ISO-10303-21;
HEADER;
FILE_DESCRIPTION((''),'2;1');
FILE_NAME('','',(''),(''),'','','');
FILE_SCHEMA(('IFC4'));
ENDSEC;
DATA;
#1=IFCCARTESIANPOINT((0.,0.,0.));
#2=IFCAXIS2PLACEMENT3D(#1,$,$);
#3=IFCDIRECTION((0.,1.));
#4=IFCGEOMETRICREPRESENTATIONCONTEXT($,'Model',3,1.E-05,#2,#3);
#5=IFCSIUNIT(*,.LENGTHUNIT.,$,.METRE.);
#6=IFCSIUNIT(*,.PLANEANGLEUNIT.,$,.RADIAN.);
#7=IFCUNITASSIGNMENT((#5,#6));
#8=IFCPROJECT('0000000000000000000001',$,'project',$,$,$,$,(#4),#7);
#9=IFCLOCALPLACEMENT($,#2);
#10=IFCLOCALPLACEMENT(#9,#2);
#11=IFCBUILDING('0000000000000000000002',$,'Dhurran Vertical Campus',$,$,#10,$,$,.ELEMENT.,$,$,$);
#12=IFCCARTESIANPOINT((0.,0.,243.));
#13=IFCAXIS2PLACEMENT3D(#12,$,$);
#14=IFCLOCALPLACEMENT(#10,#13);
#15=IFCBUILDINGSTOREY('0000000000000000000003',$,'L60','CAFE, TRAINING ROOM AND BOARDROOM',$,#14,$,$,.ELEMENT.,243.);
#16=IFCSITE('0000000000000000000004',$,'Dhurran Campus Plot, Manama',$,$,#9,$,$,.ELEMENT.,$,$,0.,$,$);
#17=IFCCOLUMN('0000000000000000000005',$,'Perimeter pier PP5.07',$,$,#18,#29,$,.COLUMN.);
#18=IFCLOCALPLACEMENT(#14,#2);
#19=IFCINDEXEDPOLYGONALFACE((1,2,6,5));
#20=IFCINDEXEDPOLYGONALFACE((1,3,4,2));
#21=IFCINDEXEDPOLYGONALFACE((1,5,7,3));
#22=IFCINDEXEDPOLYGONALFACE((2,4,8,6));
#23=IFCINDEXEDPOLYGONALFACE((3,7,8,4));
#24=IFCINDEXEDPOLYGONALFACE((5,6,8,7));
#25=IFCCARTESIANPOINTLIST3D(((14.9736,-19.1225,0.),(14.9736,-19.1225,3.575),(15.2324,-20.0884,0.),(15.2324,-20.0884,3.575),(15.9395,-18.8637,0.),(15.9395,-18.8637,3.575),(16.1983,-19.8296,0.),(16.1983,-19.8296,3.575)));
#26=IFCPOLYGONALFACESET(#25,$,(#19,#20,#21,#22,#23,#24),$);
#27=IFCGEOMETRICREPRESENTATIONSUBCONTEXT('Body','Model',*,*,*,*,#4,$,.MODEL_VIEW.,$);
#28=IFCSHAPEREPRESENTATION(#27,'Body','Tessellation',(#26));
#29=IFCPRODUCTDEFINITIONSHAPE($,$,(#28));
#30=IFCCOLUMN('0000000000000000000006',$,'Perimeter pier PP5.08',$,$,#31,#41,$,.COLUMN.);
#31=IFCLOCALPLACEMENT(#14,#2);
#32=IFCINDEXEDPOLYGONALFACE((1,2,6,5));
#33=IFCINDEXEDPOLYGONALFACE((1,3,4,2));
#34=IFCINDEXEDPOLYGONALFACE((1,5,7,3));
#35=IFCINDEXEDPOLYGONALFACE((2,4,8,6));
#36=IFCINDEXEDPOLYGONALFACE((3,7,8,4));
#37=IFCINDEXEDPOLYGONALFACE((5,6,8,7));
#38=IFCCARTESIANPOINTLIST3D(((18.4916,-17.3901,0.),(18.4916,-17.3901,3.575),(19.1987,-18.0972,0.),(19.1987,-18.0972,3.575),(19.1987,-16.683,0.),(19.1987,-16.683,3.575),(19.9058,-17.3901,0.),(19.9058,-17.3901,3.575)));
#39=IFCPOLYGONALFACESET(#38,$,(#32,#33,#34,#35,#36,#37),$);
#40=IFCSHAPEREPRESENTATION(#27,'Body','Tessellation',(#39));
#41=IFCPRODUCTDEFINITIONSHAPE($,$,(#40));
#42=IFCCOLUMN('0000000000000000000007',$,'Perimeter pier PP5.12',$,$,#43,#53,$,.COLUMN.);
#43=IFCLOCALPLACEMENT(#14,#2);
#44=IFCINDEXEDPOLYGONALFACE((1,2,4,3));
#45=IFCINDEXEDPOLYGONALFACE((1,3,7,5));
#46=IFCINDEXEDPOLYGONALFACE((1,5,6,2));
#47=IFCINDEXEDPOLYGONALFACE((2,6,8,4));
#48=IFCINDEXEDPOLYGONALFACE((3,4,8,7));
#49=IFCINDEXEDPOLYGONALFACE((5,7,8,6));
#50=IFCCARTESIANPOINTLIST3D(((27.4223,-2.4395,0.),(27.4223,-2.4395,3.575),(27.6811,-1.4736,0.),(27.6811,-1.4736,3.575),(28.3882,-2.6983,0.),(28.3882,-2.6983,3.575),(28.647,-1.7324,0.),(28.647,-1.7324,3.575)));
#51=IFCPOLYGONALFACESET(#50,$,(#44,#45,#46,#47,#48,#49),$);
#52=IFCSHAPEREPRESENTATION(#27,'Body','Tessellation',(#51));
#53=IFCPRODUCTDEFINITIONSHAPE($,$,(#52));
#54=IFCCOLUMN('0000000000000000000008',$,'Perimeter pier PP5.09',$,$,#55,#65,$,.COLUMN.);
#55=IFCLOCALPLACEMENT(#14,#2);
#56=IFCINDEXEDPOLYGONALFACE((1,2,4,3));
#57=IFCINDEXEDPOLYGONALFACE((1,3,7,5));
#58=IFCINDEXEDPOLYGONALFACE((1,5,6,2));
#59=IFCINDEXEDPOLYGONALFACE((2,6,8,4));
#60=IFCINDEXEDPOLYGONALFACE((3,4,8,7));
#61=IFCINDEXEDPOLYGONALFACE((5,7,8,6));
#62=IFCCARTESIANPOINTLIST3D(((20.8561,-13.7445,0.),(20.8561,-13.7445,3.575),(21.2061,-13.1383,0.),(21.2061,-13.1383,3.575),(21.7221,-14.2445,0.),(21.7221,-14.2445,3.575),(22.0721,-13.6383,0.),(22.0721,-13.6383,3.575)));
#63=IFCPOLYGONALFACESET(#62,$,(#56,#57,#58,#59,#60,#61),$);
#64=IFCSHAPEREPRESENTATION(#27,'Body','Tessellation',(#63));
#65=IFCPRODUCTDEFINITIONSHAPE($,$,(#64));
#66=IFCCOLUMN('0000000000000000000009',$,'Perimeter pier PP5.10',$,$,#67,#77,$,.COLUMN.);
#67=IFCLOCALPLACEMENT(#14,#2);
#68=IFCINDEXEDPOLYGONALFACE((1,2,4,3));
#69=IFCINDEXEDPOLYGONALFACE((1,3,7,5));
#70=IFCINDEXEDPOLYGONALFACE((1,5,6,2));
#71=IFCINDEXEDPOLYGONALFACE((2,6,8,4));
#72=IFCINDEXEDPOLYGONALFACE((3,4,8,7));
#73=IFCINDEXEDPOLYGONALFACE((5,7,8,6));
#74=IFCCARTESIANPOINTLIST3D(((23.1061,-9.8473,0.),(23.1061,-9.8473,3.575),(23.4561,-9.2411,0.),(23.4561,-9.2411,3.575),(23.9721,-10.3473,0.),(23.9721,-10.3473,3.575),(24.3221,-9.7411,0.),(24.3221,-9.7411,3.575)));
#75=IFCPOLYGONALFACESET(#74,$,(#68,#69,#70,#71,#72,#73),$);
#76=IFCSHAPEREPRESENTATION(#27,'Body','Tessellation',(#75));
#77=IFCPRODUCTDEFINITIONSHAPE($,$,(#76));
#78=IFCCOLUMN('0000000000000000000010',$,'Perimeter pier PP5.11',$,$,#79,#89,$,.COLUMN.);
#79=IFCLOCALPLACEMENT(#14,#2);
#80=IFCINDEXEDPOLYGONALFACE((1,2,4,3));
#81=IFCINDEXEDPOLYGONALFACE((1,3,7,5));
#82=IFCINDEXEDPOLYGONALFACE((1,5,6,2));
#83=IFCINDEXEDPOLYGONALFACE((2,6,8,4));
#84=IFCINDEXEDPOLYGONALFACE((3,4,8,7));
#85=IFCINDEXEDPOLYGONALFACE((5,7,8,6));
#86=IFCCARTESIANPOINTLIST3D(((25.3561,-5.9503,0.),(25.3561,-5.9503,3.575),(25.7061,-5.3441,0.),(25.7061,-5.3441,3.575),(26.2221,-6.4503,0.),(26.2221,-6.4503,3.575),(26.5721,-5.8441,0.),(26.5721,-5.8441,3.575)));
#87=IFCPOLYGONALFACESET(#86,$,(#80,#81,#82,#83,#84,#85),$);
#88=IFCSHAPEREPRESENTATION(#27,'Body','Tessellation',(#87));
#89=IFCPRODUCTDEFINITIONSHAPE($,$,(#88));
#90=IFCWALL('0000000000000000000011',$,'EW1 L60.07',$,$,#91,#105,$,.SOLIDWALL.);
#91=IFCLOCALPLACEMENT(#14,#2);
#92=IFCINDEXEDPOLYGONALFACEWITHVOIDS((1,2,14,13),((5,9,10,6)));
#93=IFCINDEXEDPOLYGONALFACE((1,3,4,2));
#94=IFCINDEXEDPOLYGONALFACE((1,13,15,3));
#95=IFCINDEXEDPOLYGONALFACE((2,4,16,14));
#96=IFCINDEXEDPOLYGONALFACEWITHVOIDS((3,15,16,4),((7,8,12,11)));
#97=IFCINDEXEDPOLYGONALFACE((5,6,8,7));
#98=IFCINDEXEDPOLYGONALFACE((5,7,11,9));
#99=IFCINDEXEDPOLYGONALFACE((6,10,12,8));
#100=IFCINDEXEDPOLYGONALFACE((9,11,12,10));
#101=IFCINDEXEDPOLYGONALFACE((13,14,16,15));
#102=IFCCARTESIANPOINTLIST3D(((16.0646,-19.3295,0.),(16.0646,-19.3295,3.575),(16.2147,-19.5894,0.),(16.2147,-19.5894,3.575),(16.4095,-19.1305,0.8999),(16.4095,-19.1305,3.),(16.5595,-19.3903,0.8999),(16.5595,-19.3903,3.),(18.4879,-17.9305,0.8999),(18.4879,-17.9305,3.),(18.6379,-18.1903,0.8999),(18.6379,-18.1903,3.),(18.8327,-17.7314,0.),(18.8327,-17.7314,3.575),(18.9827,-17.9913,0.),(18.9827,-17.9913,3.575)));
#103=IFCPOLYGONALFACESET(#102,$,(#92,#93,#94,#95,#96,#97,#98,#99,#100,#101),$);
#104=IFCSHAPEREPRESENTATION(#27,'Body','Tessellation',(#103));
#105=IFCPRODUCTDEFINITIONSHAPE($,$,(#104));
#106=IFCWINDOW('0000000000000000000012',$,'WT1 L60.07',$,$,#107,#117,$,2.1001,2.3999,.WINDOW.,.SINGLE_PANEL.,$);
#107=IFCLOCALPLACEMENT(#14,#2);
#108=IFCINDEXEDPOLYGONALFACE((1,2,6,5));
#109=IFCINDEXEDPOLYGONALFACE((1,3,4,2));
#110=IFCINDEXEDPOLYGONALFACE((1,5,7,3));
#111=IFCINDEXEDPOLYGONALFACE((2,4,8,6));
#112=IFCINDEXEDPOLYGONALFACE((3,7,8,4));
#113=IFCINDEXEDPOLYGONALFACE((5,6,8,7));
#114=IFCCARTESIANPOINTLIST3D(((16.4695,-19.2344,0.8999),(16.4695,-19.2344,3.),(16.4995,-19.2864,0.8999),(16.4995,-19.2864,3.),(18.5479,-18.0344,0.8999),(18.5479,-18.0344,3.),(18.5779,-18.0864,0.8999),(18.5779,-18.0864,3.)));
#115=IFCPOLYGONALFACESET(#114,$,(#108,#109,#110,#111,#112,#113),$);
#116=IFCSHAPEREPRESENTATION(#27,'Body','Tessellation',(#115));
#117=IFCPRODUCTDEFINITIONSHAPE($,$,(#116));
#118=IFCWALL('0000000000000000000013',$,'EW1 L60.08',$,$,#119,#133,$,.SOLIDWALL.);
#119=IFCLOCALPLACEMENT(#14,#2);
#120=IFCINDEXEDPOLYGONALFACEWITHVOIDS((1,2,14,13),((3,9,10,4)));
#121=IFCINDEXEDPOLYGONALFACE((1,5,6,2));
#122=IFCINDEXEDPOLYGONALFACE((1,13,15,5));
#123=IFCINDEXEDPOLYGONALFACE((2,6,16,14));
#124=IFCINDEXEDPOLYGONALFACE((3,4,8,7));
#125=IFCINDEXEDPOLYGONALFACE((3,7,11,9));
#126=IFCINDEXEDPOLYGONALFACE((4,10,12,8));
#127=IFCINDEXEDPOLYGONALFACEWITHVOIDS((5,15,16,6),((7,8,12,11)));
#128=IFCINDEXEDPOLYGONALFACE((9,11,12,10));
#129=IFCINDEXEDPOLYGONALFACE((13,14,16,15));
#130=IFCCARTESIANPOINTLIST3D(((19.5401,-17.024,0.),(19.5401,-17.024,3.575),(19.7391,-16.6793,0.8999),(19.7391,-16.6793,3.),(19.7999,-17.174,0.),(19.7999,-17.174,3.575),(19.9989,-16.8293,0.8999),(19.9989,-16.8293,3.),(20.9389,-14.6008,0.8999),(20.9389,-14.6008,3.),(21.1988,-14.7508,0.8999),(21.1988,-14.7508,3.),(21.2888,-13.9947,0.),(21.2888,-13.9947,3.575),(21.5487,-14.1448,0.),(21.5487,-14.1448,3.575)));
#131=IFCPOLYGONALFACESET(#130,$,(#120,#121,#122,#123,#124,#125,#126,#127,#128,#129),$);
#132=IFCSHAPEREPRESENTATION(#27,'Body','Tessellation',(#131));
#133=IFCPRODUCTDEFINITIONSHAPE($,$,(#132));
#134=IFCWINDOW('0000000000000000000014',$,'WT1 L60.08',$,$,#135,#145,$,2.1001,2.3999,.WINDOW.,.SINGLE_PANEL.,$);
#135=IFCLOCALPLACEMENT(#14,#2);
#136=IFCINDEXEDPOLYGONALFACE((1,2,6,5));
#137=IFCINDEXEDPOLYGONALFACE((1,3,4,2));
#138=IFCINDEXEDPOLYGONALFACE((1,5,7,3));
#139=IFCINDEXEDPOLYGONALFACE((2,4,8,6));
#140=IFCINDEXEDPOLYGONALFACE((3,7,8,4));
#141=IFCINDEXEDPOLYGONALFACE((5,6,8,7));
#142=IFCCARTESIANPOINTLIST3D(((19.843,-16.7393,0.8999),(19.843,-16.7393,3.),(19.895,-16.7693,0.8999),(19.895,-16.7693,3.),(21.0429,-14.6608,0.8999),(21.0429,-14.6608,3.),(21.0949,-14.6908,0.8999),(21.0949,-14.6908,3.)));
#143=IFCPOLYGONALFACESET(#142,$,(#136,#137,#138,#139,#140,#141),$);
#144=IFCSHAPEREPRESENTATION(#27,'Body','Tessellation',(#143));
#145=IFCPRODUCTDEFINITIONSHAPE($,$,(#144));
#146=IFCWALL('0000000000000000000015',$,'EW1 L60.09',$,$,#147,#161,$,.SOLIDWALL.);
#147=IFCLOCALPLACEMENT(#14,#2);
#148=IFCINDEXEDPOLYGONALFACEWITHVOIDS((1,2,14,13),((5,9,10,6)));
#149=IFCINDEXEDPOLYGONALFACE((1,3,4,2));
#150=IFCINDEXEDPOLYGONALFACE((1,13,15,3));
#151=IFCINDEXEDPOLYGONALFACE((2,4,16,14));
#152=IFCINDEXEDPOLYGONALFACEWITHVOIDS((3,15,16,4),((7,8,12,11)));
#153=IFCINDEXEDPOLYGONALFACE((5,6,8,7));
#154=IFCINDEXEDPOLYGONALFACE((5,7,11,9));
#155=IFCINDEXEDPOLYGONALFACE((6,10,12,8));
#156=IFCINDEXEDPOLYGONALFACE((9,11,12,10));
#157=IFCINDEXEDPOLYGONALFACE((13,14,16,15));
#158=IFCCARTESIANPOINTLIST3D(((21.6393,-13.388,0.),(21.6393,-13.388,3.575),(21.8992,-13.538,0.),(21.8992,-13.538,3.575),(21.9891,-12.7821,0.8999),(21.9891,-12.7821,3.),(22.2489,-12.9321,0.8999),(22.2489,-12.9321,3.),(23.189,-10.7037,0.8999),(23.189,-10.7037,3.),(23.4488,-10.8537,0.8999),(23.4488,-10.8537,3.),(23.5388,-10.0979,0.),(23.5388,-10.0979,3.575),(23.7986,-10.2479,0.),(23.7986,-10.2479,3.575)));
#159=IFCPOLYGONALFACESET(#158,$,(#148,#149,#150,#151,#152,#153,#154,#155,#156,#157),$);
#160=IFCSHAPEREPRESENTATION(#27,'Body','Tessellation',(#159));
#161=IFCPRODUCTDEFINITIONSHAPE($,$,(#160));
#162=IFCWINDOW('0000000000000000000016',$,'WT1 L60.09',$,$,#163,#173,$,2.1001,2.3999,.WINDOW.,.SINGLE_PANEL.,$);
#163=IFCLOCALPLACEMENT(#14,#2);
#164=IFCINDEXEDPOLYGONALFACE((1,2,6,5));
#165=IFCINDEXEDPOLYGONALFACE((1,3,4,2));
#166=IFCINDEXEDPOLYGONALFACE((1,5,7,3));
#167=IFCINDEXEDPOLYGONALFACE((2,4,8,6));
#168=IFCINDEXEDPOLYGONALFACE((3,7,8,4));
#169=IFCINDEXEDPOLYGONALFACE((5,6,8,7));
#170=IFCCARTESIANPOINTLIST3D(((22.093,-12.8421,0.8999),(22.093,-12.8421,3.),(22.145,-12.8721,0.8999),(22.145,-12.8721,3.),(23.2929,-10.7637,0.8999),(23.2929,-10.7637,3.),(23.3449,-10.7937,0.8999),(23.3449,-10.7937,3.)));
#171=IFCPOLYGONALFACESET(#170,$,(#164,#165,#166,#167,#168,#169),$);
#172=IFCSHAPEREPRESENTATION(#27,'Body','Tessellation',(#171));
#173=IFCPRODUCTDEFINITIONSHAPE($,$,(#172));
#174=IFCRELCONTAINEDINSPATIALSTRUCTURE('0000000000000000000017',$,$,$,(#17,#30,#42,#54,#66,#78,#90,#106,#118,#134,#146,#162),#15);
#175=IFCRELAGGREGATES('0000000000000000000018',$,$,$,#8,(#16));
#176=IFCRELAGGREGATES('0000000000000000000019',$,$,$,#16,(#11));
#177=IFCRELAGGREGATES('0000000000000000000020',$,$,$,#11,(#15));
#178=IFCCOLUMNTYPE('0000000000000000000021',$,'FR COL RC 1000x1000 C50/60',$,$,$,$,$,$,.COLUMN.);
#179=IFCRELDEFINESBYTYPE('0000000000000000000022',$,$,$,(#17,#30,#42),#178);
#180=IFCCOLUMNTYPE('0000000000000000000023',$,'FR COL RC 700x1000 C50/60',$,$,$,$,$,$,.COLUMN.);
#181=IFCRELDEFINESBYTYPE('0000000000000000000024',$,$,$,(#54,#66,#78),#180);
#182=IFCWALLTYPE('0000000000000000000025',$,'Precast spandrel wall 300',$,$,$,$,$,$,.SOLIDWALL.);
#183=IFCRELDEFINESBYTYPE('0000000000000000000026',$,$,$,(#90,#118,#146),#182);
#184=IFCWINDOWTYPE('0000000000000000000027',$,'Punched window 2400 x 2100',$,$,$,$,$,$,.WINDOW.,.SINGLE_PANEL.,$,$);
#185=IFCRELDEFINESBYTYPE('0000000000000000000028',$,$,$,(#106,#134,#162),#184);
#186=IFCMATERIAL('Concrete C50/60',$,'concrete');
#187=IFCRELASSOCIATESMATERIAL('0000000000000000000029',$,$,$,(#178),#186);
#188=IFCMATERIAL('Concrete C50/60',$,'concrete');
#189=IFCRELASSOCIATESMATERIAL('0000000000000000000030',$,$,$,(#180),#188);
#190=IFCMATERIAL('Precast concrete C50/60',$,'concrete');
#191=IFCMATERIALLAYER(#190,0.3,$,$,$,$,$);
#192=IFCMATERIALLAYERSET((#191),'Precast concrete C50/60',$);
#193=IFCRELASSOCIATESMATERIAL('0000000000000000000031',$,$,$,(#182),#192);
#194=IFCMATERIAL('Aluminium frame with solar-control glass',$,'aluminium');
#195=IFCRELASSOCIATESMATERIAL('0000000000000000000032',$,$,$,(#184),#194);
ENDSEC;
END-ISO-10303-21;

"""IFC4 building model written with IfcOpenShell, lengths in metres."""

from ifc_helpers import new_model, si_unit, direction, frame, frame_2d, origin, origin_2d, place, context, subcontext, project, spatial, rectangle, extrude, material, layer, layer_set, material_profile, profile_set, type_object, element, fill, save


model = new_model("IFC4")

# Units and contexts
model_context = context("Model", 3, precision=1e-05, world=origin(), true_north=direction((0.0, 1.0)))
body_context = subcontext(model_context, "Body", "Model", "MODEL_VIEW")
ifc_project = project(units=[si_unit("LENGTHUNIT", "METRE"), si_unit("PLANEANGLEUNIT", "RADIAN")], contexts=[model_context])

# Site, building, storey
site_placement = place(None, origin())
site = spatial("IfcSite", under=ifc_project, at=site_placement, Name="Dhurran Campus Plot, Manama", CompositionType="ELEMENT", RefElevation=0.0)
building_placement = place(site_placement, origin())
building = spatial("IfcBuilding", under=site, at=building_placement, Name="Dhurran Vertical Campus", CompositionType="ELEMENT")
storey_placement = place(building_placement, frame((0.0, 0.0, 243.0)))
storey = spatial("IfcBuildingStorey", under=building, at=storey_placement, Name="L60", Description="CAFE, TRAINING ROOM AND BOARDROOM", CompositionType="ELEMENT", Elevation=243.0)

# Columns
ifc_material_1 = material(Name="Concrete C50/60", Category="concrete")
ifc_material_profile_1 = material_profile(ifc_material_1, rectangle(XDim=1.0, YDim=1.0, at=origin_2d()), Name="RC 1000x1000")
ifc_profile_set_1 = profile_set([ifc_material_profile_1], Name="Concrete C50/60")
column_type_1 = type_object("IfcColumnType", Name="FR COL RC 1000x1000 C50/60", PredefinedType="COLUMN", material=ifc_profile_set_1)
for number, where, z_axis, x_axis, name in (
    (1, (15.5859, -19.4761, 0.0), (0.0, 0.0, 1.0), (0.965926, 0.258819, 0.0), "Perimeter pier PP5.07"),
    (2, (19.1987, -17.3901, 0.0), (0.0, 0.0, 1.0), (0.707107, 0.707107, 0.0), "Perimeter pier PP5.08"),
    (3, (28.0347, -2.0859, 0.0), (0.0, 0.0, 1.0), (0.258819, 0.965926, 0.0), "Perimeter pier PP5.12"),
):
    element("IfcColumn", number, at=place(storey_placement, frame(where, z_axis=z_axis, x_axis=x_axis)), inside=storey, type_object=column_type_1, Name=name, PredefinedType="COLUMN", context=body_context, shape_type="SweptSolid", body=[
        extrude(rectangle(XDim=1.0, YDim=1.0, at=origin_2d()), origin(), (0.0, 0.0, 1.0), 3.575),
    ])
ifc_material_2 = material(Name="Concrete C50/60", Category="concrete")
ifc_material_profile_2 = material_profile(ifc_material_2, rectangle(XDim=0.7, YDim=1.0, at=origin_2d()), Name="RC 700x1000")
ifc_profile_set_2 = profile_set([ifc_material_profile_2], Name="Concrete C50/60")
column_type_2 = type_object("IfcColumnType", Name="FR COL RC 700x1000 C50/60", PredefinedType="COLUMN", material=ifc_profile_set_2)
for number, where, z_axis, x_axis, name in (
    (4, (21.4641, -13.6914, 0.0), (0.0, 0.0, 1.0), (0.5, 0.866025, 0.0), "Perimeter pier PP5.09"),
    (5, (23.7141, -9.7942, 0.0), (0.0, 0.0, 1.0), (0.5, 0.866025, 0.0), "Perimeter pier PP5.10"),
    (6, (25.9641, -5.8972, 0.0), (0.0, 0.0, 1.0), (0.5, 0.866025, 0.0), "Perimeter pier PP5.11"),
):
    element("IfcColumn", number, at=place(storey_placement, frame(where, z_axis=z_axis, x_axis=x_axis)), inside=storey, type_object=column_type_2, Name=name, PredefinedType="COLUMN", context=body_context, shape_type="SweptSolid", body=[
        extrude(rectangle(XDim=0.7, YDim=1.0, at=origin_2d()), origin(), (0.0, 0.0, 1.0), 3.575),
    ])

# Walls, openings, windows
ifc_material_3 = material(Name="Precast concrete C50/60", Category="concrete")
ifc_layer_1 = layer(ifc_material_3, 0.3)
ifc_layer_set_1 = layer_set([ifc_layer_1], Name="Precast concrete C50/60")
wall_type_1 = type_object("IfcWallType", Name="Precast spandrel wall 300", PredefinedType="SOLIDWALL", material=ifc_layer_set_1)
wall_1_placement = place(storey_placement, frame((16.1396, -19.4595, 0.0), z_axis=(0.0, 0.0, 1.0), x_axis=(0.866025, 0.5, 0.0)))
wall_1 = element("IfcWall", 7, at=wall_1_placement, inside=storey, type_object=wall_type_1, Name="EW1 L60.07", PredefinedType="SOLIDWALL", context=body_context, shape_type="SweptSolid", body=[
    extrude(rectangle(XDim=3.1963, YDim=0.3, at=frame_2d((1.5981, 0.0))), origin(), (0.0, 0.0, 1.0), 3.575),
])
opening_1_placement = place(wall_1_placement, frame((0.3982, 0.0, 0.8999)))
opening_1 = element("IfcOpeningElement", 8, at=opening_1_placement, cuts=wall_1, PredefinedType="OPENING", context=body_context, shape_type="SweptSolid", body=[
    extrude(rectangle(XDim=2.3999, YDim=2.1001, at=frame_2d((1.2, 1.05))), frame((0.0, 0.1599, 0.0), z_axis=(0.0, -1.0, 0.0), x_axis=(1.0, 0.0, 0.0)), (0.0, 0.0, 1.0), 0.3201),
])
ifc_material_4 = material(Name="Aluminium frame with solar-control glass", Category="aluminium")
window_type = type_object("IfcWindowType", Name="Punched window 2400 x 2100", PartitioningType="SINGLE_PANEL", PredefinedType="WINDOW", material=ifc_material_4)
window_1_placement = place(opening_1_placement, origin())
window_1 = element("IfcWindow", 9, at=window_1_placement, inside=storey, type_object=window_type, Name="WT1 L60.07", OverallHeight=2.1001, OverallWidth=2.3999, PartitioningType="SINGLE_PANEL", PredefinedType="WINDOW", context=body_context, shape_type="SweptSolid", body=[
    extrude(rectangle(XDim=2.3999, YDim=2.1001, at=frame_2d((1.2, 1.05))), frame((0.0, 0.03, 0.0), z_axis=(0.0, -1.0, 0.0), x_axis=(1.0, 0.0, 0.0)), (0.0, 0.0, 1.0), 0.0601),
])
fill(opening_1, window_1)
wall_2_placement = place(storey_placement, frame((19.6699, -17.0991, 0.0), z_axis=(0.0, 0.0, 1.0), x_axis=(0.49996, 0.866048, 0.0)))
wall_2 = element("IfcWall", 10, at=wall_2_placement, inside=storey, type_object=wall_type_1, Name="EW1 L60.08", PredefinedType="SOLIDWALL", context=body_context, shape_type="SweptSolid", body=[
    extrude(rectangle(XDim=3.4978, YDim=0.3, at=frame_2d((1.749, 0.0))), origin(), (0.0, 0.0, 1.0), 3.575),
])
opening_2_placement = place(wall_2_placement, frame((0.3982, 0.0, 0.8999)))
opening_2 = element("IfcOpeningElement", 11, at=opening_2_placement, cuts=wall_2, PredefinedType="OPENING", context=body_context, shape_type="SweptSolid", body=[
    extrude(rectangle(XDim=2.3999, YDim=2.1001, at=frame_2d((1.2, 1.05))), frame((0.0, 0.1599, 0.0), z_axis=(0.0, -1.0, 0.0), x_axis=(1.0, 0.0, 0.0)), (0.0, 0.0, 1.0), 0.3201),
])
window_2_placement = place(opening_2_placement, origin())
window_2 = element("IfcWindow", 12, at=window_2_placement, inside=storey, type_object=window_type, Name="WT1 L60.08", OverallHeight=2.1001, OverallWidth=2.3999, PartitioningType="SINGLE_PANEL", PredefinedType="WINDOW", context=body_context, shape_type="SweptSolid", body=[
    extrude(rectangle(XDim=2.3999, YDim=2.1001, at=frame_2d((1.2, 1.05))), frame((0.0, 0.03, 0.0), z_axis=(0.0, -1.0, 0.0), x_axis=(1.0, 0.0, 0.0)), (0.0, 0.0, 1.0), 0.0601),
])
fill(opening_2, window_2)
wall_3_placement = place(storey_placement, frame((21.7693, -13.4629, 0.0), z_axis=(0.0, 0.0, 1.0), x_axis=(0.499982, 0.866036, 0.0)))
wall_3 = element("IfcWall", 13, at=wall_3_placement, inside=storey, type_object=wall_type_1, Name="EW1 L60.09", PredefinedType="SOLIDWALL", context=body_context, shape_type="SweptSolid", body=[
    extrude(rectangle(XDim=3.7991, YDim=0.3, at=frame_2d((1.8994, 0.0))), origin(), (0.0, 0.0, 1.0), 3.575),
])
opening_3_placement = place(wall_3_placement, frame((0.6995, 0.0, 0.8999)))
opening_3 = element("IfcOpeningElement", 14, at=opening_3_placement, cuts=wall_3, PredefinedType="OPENING", context=body_context, shape_type="SweptSolid", body=[
    extrude(rectangle(XDim=2.3999, YDim=2.1001, at=frame_2d((1.2, 1.05))), frame((0.0, 0.1599, 0.0), z_axis=(0.0, -1.0, 0.0), x_axis=(1.0, 0.0, 0.0)), (0.0, 0.0, 1.0), 0.3201),
])
window_3_placement = place(opening_3_placement, origin())
window_3 = element("IfcWindow", 15, at=window_3_placement, inside=storey, type_object=window_type, Name="WT1 L60.09", OverallHeight=2.1001, OverallWidth=2.3999, PartitioningType="SINGLE_PANEL", PredefinedType="WINDOW", context=body_context, shape_type="SweptSolid", body=[
    extrude(rectangle(XDim=2.3999, YDim=2.1001, at=frame_2d((1.2, 1.05))), frame((0.0, 0.03, 0.0), z_axis=(0.0, -1.0, 0.0), x_axis=(1.0, 0.0, 0.0)), (0.0, 0.0, 1.0), 0.0601),
])
fill(opening_3, window_3)

save(model, "model.ifc")
